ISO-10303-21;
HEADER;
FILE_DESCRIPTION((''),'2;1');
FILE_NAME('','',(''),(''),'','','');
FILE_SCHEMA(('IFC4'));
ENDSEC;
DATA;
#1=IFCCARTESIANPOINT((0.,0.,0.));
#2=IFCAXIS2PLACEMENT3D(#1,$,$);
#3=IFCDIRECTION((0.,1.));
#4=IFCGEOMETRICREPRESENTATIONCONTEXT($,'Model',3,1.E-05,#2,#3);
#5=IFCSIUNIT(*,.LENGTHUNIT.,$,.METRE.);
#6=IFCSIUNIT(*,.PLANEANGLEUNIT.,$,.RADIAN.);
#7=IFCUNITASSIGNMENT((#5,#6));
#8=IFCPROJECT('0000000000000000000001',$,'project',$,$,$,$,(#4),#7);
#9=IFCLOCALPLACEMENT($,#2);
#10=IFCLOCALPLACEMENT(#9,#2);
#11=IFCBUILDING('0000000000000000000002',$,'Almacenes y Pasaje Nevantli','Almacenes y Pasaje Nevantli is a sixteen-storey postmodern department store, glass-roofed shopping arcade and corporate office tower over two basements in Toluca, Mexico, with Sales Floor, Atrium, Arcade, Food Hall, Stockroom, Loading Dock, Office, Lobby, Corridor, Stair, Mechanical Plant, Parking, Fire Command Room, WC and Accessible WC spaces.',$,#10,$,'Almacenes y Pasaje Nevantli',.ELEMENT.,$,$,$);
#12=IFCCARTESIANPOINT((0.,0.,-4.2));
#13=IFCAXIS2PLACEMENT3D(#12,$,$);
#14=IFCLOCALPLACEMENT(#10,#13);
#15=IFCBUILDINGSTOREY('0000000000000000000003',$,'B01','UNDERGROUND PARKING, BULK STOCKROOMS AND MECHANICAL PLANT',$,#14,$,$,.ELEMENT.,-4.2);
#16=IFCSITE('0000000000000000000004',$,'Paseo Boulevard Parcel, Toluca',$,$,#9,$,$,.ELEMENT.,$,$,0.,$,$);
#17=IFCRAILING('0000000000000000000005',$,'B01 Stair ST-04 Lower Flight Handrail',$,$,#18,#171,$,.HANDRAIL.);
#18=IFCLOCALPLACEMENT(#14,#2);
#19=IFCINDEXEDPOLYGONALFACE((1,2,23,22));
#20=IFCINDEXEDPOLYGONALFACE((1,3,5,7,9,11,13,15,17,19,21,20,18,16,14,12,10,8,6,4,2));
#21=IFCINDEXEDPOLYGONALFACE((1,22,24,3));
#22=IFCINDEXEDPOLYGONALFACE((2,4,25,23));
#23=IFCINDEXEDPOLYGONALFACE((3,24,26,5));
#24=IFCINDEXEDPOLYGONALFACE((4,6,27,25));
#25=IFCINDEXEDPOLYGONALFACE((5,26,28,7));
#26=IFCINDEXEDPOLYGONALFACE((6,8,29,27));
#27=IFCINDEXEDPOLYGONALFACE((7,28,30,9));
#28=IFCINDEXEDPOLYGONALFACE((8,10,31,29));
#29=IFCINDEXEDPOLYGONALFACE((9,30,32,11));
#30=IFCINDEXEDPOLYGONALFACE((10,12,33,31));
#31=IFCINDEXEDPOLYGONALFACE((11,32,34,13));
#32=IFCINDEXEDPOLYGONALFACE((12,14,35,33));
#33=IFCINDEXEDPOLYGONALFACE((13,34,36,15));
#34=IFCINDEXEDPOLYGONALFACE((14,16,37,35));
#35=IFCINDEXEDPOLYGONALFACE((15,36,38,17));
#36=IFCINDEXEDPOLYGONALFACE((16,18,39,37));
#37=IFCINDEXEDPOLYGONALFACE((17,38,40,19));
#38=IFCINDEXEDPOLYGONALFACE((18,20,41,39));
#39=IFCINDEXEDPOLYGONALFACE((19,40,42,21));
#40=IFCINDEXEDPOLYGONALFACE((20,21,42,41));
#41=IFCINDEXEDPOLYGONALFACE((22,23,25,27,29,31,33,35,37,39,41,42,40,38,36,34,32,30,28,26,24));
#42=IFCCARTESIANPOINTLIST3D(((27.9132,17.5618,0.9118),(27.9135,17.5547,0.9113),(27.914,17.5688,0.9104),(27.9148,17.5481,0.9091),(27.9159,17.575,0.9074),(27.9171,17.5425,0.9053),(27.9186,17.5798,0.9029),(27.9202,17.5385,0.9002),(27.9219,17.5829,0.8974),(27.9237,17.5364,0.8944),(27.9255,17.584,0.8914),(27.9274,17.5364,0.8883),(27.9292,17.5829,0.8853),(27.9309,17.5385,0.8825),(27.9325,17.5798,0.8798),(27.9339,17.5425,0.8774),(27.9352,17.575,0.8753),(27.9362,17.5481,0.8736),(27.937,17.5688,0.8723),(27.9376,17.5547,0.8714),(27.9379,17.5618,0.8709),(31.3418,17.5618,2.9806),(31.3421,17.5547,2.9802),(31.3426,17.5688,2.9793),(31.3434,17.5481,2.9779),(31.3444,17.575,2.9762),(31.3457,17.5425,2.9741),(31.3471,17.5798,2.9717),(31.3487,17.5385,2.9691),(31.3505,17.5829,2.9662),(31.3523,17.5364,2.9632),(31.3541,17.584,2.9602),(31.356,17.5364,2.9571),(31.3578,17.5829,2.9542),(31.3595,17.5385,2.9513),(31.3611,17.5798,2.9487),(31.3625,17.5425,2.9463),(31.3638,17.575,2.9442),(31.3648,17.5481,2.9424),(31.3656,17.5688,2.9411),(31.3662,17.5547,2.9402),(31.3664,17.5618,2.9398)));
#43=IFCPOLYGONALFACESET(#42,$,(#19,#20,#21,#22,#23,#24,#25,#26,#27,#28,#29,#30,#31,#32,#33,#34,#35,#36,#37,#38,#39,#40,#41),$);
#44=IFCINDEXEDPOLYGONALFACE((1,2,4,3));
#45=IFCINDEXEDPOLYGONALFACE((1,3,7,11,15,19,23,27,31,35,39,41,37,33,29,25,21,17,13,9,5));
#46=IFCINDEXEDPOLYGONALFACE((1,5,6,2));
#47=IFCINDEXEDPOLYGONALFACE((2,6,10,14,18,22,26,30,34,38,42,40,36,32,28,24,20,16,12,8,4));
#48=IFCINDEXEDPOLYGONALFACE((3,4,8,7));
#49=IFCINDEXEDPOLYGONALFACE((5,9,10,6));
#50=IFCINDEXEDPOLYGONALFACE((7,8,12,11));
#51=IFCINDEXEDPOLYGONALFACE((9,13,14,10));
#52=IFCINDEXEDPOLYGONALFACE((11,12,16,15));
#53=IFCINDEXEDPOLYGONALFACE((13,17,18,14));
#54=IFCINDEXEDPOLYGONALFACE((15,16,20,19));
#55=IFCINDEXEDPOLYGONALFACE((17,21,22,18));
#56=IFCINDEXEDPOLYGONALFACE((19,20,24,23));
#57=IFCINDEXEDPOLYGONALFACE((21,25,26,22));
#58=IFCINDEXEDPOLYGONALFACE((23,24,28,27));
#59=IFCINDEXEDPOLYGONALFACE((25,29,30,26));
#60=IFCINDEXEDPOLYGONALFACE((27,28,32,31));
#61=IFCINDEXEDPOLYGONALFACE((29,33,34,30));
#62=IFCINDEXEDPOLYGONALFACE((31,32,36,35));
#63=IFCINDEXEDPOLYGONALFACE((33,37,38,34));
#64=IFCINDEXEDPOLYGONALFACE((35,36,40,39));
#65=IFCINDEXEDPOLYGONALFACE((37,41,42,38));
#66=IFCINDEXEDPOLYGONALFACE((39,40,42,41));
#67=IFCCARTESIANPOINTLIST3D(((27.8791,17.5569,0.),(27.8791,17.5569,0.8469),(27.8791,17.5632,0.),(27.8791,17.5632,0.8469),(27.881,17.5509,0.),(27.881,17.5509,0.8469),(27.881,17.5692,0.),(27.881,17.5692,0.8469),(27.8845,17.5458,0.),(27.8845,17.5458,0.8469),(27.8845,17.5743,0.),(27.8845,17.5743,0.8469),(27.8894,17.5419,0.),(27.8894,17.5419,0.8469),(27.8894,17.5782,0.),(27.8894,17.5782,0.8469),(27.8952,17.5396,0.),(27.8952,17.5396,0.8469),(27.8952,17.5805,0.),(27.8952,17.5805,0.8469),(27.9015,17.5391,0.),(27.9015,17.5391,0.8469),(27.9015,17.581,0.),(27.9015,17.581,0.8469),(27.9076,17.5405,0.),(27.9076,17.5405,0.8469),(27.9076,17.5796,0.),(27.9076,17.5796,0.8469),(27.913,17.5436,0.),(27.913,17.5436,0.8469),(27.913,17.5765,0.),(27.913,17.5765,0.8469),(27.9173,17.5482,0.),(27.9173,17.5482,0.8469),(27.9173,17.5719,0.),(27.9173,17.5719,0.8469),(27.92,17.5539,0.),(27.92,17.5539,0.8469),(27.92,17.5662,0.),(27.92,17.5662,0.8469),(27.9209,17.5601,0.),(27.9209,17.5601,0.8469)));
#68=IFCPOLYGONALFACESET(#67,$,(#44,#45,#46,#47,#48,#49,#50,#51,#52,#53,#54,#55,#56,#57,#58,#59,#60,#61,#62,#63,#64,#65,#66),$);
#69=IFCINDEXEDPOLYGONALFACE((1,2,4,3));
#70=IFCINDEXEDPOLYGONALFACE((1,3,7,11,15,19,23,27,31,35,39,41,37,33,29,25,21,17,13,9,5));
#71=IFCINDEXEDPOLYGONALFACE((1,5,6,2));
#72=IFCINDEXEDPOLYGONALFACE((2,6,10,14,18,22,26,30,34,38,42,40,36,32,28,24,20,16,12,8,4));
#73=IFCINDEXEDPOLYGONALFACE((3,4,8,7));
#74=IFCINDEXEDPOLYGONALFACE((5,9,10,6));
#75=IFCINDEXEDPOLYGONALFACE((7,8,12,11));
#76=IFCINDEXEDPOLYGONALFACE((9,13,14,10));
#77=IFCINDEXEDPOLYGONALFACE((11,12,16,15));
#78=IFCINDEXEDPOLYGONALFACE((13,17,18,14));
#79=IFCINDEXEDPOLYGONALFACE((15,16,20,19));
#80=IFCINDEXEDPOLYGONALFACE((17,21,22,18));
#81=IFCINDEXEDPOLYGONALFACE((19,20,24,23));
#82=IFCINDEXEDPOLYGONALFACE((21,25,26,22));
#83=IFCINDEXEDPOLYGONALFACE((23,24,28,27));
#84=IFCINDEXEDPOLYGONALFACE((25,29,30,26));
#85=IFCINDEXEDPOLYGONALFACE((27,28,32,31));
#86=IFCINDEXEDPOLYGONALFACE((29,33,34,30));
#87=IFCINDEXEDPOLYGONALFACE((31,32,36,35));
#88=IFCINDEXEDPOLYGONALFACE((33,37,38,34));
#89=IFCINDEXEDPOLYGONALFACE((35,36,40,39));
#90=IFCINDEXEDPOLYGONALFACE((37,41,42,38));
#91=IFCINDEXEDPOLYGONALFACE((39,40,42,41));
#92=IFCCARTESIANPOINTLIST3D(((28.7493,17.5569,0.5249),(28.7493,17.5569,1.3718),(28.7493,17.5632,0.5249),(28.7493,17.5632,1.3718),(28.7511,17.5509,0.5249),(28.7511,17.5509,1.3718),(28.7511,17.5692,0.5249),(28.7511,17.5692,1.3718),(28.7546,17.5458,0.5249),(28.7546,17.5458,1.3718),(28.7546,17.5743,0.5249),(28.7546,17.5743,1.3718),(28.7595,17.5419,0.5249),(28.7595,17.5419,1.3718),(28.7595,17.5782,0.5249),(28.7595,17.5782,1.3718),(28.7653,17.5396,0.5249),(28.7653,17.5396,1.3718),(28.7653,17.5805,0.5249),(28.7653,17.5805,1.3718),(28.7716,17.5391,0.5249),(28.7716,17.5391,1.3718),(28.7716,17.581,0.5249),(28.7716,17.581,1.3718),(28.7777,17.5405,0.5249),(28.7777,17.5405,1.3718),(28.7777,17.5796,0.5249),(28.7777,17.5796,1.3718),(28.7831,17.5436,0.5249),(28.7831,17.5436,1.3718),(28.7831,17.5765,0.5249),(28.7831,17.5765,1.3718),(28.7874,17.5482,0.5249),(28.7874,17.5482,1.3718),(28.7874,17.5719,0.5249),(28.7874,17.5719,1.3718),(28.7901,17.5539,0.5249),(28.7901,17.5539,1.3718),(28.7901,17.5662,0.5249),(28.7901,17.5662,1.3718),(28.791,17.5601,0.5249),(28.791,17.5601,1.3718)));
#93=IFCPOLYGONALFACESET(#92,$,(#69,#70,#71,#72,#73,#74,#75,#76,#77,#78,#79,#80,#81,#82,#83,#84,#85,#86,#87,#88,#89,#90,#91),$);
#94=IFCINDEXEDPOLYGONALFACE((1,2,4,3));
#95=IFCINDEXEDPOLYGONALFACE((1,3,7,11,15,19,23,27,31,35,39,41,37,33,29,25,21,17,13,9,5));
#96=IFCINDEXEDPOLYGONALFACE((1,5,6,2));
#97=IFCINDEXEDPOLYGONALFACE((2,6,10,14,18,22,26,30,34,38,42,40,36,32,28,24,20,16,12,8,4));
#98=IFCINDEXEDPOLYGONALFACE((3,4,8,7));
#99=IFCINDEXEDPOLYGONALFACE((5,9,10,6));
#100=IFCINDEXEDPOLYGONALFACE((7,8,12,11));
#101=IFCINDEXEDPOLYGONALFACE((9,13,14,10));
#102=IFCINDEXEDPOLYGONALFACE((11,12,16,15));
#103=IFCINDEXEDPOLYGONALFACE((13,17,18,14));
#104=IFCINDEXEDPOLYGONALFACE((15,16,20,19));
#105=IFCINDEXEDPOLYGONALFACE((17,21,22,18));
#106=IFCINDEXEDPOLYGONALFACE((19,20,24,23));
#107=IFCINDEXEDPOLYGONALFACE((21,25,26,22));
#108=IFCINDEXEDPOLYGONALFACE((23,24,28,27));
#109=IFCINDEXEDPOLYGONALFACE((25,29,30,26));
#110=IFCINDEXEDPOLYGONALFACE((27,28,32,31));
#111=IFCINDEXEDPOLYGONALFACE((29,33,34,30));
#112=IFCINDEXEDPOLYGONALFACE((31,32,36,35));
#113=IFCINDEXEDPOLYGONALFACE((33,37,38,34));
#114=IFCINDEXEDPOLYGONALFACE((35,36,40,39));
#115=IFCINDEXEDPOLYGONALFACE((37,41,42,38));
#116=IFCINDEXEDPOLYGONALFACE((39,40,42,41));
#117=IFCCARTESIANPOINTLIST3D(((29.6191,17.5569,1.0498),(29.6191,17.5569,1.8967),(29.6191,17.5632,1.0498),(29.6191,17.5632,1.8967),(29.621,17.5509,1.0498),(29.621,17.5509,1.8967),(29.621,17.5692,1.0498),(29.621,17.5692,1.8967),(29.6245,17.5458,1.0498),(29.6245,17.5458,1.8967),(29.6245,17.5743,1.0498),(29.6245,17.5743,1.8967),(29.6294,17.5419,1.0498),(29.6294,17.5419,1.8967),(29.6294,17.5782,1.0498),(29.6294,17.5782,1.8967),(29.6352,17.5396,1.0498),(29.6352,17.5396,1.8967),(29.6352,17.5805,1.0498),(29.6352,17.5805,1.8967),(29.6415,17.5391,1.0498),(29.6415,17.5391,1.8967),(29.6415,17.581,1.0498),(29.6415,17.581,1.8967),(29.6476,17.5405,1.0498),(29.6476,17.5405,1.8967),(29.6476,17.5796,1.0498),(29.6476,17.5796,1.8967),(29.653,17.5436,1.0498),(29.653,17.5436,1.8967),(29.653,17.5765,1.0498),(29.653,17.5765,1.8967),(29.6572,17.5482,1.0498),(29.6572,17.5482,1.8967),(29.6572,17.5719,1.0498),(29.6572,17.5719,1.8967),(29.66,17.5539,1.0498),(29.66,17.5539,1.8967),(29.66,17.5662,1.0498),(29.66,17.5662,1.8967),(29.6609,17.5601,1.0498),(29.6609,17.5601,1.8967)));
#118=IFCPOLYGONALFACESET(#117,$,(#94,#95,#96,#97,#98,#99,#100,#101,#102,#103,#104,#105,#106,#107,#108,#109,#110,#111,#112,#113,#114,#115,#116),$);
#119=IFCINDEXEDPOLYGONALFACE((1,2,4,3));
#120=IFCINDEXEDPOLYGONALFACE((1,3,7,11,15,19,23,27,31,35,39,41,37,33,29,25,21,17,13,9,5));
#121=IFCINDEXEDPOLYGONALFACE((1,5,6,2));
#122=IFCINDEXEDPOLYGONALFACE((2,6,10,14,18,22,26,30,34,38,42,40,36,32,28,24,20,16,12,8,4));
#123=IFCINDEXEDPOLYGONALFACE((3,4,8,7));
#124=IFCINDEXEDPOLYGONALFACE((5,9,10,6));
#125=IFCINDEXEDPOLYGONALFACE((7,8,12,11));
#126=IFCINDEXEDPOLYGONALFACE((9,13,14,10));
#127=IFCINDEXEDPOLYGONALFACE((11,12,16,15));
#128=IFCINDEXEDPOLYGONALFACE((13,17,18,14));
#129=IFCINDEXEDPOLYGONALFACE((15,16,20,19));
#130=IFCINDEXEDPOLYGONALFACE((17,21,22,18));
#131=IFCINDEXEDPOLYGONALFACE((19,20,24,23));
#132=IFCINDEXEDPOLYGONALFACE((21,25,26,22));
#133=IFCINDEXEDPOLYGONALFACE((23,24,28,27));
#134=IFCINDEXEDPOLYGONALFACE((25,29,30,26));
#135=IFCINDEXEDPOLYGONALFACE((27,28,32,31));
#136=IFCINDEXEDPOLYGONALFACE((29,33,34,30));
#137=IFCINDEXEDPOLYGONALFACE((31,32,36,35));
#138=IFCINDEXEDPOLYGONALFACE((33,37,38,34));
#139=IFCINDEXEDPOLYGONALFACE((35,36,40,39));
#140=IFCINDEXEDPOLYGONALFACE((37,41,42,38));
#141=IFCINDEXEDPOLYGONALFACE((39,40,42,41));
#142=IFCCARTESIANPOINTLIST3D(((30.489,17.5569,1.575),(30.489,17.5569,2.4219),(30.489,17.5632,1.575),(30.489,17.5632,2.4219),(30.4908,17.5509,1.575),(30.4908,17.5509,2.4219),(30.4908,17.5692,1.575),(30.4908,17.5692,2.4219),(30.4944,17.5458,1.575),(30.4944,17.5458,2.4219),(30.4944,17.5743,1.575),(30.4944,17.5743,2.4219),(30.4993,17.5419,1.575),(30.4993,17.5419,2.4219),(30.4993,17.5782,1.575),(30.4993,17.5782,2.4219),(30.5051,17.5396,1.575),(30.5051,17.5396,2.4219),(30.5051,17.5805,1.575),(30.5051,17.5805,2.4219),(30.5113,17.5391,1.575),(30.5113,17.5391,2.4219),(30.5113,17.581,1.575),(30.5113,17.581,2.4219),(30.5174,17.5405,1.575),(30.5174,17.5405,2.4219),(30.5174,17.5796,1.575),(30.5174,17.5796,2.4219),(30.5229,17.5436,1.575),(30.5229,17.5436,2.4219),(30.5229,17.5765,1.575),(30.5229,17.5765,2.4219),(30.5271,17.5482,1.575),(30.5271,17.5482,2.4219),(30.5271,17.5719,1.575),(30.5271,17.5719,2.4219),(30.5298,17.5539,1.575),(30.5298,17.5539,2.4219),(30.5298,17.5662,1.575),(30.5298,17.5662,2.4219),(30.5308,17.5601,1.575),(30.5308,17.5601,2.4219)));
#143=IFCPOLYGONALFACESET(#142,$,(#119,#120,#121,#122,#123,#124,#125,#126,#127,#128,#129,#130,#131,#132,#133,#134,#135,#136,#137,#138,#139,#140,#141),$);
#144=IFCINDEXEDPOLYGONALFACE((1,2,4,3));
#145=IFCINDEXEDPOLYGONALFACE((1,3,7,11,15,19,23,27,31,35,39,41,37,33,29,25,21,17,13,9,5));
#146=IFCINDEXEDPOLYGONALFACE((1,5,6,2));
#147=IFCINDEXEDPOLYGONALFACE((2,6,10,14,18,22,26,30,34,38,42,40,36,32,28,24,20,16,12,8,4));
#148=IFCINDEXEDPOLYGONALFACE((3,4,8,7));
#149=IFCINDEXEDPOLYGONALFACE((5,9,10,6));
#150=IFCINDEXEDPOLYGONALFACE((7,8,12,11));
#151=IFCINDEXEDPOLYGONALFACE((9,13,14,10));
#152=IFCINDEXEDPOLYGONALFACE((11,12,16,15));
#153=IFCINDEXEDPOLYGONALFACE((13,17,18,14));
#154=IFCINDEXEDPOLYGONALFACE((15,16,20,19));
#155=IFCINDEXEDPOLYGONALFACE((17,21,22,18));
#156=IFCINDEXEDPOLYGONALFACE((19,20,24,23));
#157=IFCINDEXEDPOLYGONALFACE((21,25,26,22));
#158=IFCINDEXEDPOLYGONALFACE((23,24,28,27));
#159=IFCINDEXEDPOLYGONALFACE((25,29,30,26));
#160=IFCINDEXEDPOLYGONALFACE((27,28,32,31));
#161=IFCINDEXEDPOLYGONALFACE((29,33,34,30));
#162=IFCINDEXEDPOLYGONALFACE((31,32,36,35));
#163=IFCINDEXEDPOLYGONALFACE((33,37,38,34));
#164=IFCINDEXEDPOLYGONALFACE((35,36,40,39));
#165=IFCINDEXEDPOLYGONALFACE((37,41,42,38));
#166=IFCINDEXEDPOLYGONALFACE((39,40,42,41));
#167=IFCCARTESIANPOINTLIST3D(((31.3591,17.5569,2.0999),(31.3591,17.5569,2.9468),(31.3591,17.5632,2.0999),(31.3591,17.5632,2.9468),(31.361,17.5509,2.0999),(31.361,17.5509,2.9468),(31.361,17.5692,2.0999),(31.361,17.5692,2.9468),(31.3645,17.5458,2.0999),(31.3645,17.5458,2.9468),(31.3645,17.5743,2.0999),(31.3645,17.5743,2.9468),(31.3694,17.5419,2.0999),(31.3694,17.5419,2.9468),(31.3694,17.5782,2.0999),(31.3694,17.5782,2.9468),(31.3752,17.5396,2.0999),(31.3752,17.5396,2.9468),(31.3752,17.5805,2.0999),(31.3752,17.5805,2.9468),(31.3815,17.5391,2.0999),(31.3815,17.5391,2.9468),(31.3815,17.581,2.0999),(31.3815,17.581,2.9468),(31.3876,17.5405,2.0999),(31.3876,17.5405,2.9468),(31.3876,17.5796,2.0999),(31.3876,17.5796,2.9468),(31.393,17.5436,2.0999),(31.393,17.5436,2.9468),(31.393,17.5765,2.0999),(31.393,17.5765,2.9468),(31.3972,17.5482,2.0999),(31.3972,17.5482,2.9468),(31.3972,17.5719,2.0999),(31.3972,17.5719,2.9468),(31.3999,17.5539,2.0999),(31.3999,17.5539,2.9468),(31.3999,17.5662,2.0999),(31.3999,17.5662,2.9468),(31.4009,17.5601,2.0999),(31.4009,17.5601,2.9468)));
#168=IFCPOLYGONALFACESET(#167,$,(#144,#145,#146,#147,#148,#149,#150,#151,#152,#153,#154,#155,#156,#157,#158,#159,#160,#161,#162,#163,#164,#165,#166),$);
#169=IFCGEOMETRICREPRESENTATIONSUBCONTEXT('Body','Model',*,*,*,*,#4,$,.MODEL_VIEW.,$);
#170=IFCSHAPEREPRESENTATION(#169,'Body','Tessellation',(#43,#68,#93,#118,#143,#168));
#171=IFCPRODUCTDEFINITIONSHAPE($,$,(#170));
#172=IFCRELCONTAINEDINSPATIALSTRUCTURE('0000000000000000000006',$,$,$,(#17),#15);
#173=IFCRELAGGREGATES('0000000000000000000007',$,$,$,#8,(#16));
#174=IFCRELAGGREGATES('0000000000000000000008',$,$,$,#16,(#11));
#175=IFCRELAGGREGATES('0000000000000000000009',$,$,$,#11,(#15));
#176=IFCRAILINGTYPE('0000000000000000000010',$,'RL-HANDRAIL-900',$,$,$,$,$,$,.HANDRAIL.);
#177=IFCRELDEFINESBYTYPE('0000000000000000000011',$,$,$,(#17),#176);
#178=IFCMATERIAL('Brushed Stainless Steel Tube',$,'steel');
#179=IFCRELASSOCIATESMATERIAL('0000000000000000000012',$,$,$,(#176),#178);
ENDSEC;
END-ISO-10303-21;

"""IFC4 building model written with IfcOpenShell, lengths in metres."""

from ifc_helpers import new_model, si_unit, direction, frame, origin, origin_2d, place, context, subcontext, project, spatial, circle, extrude, material, type_object, element, save


model = new_model("IFC4")

# Units and contexts
model_context = context("Model", 3, precision=1e-05, world=origin(), true_north=direction((0.0, 1.0)))
body_context = subcontext(model_context, "Body", "Model", "MODEL_VIEW")
ifc_project = project(units=[si_unit("LENGTHUNIT", "METRE"), si_unit("PLANEANGLEUNIT", "RADIAN")], contexts=[model_context])

# Site, building, storey
site_placement = place(None, origin())
site = spatial("IfcSite", under=ifc_project, at=site_placement, Name="Paseo Boulevard Parcel, Toluca", CompositionType="ELEMENT", RefElevation=0.0)
building_placement = place(site_placement, origin())
building = spatial("IfcBuilding", under=site, at=building_placement, Name="Almacenes y Pasaje Nevantli", Description="Almacenes y Pasaje Nevantli is a sixteen-storey postmodern department store, glass-roofed shopping arcade and corporate office tower over two basements in Toluca, Mexico, with Sales Floor, Atrium, Arcade, Food Hall, Stockroom, Loading Dock, Office, Lobby, Corridor, Stair, Mechanical Plant, Parking, Fire Command Room, WC and Accessible WC spaces.", LongName="Almacenes y Pasaje Nevantli", CompositionType="ELEMENT")
storey_placement = place(building_placement, frame((0.0, 0.0, -4.2)))
storey = spatial("IfcBuildingStorey", under=building, at=storey_placement, Name="B01", Description="UNDERGROUND PARKING, BULK STOCKROOMS AND MECHANICAL PLANT", CompositionType="ELEMENT", Elevation=-4.2)

# Railing
ifc_material_1 = material(Name="Brushed Stainless Steel Tube", Category="steel")
railing_type_1 = type_object("IfcRailingType", Name="RL-HANDRAIL-900", PredefinedType="HANDRAIL", material=ifc_material_1)
railing_1_placement = place(storey_placement, frame((27.8999, 17.5601, 0.0)))
element("IfcRailing", 1, at=railing_1_placement, inside=storey, type_object=railing_type_1, Name="B01 Stair ST-04 Lower Flight Handrail", PredefinedType="HANDRAIL", context=body_context, shape_type="SweptSolid", body=[
    extrude(circle(Radius=0.0239, at=origin_2d()), frame((0.0256, 0.0, 0.8914), z_axis=(0.856202, 0.0, 0.516641), x_axis=(0.0, 1.0, 0.0)), (0.0, 0.0, 1.0), 4.0044),
    extrude(circle(Radius=0.021, at=origin_2d()), origin(), (0.0, 0.0, 1.0), 0.8469),
    extrude(circle(Radius=0.021, at=origin_2d()), frame((0.8701, 0.0, 0.5249)), (0.0, 0.0, 1.0), 0.8469),
    extrude(circle(Radius=0.021, at=origin_2d()), frame((1.74, 0.0, 1.0498)), (0.0, 0.0, 1.0), 0.8469),
    extrude(circle(Radius=0.021, at=origin_2d()), frame((2.6099, 0.0, 1.575)), (0.0, 0.0, 1.0), 0.8469),
    extrude(circle(Radius=0.021, at=origin_2d()), frame((3.48, 0.0, 2.0999)), (0.0, 0.0, 1.0), 0.8469),
])

save(model, "model.ifc")
